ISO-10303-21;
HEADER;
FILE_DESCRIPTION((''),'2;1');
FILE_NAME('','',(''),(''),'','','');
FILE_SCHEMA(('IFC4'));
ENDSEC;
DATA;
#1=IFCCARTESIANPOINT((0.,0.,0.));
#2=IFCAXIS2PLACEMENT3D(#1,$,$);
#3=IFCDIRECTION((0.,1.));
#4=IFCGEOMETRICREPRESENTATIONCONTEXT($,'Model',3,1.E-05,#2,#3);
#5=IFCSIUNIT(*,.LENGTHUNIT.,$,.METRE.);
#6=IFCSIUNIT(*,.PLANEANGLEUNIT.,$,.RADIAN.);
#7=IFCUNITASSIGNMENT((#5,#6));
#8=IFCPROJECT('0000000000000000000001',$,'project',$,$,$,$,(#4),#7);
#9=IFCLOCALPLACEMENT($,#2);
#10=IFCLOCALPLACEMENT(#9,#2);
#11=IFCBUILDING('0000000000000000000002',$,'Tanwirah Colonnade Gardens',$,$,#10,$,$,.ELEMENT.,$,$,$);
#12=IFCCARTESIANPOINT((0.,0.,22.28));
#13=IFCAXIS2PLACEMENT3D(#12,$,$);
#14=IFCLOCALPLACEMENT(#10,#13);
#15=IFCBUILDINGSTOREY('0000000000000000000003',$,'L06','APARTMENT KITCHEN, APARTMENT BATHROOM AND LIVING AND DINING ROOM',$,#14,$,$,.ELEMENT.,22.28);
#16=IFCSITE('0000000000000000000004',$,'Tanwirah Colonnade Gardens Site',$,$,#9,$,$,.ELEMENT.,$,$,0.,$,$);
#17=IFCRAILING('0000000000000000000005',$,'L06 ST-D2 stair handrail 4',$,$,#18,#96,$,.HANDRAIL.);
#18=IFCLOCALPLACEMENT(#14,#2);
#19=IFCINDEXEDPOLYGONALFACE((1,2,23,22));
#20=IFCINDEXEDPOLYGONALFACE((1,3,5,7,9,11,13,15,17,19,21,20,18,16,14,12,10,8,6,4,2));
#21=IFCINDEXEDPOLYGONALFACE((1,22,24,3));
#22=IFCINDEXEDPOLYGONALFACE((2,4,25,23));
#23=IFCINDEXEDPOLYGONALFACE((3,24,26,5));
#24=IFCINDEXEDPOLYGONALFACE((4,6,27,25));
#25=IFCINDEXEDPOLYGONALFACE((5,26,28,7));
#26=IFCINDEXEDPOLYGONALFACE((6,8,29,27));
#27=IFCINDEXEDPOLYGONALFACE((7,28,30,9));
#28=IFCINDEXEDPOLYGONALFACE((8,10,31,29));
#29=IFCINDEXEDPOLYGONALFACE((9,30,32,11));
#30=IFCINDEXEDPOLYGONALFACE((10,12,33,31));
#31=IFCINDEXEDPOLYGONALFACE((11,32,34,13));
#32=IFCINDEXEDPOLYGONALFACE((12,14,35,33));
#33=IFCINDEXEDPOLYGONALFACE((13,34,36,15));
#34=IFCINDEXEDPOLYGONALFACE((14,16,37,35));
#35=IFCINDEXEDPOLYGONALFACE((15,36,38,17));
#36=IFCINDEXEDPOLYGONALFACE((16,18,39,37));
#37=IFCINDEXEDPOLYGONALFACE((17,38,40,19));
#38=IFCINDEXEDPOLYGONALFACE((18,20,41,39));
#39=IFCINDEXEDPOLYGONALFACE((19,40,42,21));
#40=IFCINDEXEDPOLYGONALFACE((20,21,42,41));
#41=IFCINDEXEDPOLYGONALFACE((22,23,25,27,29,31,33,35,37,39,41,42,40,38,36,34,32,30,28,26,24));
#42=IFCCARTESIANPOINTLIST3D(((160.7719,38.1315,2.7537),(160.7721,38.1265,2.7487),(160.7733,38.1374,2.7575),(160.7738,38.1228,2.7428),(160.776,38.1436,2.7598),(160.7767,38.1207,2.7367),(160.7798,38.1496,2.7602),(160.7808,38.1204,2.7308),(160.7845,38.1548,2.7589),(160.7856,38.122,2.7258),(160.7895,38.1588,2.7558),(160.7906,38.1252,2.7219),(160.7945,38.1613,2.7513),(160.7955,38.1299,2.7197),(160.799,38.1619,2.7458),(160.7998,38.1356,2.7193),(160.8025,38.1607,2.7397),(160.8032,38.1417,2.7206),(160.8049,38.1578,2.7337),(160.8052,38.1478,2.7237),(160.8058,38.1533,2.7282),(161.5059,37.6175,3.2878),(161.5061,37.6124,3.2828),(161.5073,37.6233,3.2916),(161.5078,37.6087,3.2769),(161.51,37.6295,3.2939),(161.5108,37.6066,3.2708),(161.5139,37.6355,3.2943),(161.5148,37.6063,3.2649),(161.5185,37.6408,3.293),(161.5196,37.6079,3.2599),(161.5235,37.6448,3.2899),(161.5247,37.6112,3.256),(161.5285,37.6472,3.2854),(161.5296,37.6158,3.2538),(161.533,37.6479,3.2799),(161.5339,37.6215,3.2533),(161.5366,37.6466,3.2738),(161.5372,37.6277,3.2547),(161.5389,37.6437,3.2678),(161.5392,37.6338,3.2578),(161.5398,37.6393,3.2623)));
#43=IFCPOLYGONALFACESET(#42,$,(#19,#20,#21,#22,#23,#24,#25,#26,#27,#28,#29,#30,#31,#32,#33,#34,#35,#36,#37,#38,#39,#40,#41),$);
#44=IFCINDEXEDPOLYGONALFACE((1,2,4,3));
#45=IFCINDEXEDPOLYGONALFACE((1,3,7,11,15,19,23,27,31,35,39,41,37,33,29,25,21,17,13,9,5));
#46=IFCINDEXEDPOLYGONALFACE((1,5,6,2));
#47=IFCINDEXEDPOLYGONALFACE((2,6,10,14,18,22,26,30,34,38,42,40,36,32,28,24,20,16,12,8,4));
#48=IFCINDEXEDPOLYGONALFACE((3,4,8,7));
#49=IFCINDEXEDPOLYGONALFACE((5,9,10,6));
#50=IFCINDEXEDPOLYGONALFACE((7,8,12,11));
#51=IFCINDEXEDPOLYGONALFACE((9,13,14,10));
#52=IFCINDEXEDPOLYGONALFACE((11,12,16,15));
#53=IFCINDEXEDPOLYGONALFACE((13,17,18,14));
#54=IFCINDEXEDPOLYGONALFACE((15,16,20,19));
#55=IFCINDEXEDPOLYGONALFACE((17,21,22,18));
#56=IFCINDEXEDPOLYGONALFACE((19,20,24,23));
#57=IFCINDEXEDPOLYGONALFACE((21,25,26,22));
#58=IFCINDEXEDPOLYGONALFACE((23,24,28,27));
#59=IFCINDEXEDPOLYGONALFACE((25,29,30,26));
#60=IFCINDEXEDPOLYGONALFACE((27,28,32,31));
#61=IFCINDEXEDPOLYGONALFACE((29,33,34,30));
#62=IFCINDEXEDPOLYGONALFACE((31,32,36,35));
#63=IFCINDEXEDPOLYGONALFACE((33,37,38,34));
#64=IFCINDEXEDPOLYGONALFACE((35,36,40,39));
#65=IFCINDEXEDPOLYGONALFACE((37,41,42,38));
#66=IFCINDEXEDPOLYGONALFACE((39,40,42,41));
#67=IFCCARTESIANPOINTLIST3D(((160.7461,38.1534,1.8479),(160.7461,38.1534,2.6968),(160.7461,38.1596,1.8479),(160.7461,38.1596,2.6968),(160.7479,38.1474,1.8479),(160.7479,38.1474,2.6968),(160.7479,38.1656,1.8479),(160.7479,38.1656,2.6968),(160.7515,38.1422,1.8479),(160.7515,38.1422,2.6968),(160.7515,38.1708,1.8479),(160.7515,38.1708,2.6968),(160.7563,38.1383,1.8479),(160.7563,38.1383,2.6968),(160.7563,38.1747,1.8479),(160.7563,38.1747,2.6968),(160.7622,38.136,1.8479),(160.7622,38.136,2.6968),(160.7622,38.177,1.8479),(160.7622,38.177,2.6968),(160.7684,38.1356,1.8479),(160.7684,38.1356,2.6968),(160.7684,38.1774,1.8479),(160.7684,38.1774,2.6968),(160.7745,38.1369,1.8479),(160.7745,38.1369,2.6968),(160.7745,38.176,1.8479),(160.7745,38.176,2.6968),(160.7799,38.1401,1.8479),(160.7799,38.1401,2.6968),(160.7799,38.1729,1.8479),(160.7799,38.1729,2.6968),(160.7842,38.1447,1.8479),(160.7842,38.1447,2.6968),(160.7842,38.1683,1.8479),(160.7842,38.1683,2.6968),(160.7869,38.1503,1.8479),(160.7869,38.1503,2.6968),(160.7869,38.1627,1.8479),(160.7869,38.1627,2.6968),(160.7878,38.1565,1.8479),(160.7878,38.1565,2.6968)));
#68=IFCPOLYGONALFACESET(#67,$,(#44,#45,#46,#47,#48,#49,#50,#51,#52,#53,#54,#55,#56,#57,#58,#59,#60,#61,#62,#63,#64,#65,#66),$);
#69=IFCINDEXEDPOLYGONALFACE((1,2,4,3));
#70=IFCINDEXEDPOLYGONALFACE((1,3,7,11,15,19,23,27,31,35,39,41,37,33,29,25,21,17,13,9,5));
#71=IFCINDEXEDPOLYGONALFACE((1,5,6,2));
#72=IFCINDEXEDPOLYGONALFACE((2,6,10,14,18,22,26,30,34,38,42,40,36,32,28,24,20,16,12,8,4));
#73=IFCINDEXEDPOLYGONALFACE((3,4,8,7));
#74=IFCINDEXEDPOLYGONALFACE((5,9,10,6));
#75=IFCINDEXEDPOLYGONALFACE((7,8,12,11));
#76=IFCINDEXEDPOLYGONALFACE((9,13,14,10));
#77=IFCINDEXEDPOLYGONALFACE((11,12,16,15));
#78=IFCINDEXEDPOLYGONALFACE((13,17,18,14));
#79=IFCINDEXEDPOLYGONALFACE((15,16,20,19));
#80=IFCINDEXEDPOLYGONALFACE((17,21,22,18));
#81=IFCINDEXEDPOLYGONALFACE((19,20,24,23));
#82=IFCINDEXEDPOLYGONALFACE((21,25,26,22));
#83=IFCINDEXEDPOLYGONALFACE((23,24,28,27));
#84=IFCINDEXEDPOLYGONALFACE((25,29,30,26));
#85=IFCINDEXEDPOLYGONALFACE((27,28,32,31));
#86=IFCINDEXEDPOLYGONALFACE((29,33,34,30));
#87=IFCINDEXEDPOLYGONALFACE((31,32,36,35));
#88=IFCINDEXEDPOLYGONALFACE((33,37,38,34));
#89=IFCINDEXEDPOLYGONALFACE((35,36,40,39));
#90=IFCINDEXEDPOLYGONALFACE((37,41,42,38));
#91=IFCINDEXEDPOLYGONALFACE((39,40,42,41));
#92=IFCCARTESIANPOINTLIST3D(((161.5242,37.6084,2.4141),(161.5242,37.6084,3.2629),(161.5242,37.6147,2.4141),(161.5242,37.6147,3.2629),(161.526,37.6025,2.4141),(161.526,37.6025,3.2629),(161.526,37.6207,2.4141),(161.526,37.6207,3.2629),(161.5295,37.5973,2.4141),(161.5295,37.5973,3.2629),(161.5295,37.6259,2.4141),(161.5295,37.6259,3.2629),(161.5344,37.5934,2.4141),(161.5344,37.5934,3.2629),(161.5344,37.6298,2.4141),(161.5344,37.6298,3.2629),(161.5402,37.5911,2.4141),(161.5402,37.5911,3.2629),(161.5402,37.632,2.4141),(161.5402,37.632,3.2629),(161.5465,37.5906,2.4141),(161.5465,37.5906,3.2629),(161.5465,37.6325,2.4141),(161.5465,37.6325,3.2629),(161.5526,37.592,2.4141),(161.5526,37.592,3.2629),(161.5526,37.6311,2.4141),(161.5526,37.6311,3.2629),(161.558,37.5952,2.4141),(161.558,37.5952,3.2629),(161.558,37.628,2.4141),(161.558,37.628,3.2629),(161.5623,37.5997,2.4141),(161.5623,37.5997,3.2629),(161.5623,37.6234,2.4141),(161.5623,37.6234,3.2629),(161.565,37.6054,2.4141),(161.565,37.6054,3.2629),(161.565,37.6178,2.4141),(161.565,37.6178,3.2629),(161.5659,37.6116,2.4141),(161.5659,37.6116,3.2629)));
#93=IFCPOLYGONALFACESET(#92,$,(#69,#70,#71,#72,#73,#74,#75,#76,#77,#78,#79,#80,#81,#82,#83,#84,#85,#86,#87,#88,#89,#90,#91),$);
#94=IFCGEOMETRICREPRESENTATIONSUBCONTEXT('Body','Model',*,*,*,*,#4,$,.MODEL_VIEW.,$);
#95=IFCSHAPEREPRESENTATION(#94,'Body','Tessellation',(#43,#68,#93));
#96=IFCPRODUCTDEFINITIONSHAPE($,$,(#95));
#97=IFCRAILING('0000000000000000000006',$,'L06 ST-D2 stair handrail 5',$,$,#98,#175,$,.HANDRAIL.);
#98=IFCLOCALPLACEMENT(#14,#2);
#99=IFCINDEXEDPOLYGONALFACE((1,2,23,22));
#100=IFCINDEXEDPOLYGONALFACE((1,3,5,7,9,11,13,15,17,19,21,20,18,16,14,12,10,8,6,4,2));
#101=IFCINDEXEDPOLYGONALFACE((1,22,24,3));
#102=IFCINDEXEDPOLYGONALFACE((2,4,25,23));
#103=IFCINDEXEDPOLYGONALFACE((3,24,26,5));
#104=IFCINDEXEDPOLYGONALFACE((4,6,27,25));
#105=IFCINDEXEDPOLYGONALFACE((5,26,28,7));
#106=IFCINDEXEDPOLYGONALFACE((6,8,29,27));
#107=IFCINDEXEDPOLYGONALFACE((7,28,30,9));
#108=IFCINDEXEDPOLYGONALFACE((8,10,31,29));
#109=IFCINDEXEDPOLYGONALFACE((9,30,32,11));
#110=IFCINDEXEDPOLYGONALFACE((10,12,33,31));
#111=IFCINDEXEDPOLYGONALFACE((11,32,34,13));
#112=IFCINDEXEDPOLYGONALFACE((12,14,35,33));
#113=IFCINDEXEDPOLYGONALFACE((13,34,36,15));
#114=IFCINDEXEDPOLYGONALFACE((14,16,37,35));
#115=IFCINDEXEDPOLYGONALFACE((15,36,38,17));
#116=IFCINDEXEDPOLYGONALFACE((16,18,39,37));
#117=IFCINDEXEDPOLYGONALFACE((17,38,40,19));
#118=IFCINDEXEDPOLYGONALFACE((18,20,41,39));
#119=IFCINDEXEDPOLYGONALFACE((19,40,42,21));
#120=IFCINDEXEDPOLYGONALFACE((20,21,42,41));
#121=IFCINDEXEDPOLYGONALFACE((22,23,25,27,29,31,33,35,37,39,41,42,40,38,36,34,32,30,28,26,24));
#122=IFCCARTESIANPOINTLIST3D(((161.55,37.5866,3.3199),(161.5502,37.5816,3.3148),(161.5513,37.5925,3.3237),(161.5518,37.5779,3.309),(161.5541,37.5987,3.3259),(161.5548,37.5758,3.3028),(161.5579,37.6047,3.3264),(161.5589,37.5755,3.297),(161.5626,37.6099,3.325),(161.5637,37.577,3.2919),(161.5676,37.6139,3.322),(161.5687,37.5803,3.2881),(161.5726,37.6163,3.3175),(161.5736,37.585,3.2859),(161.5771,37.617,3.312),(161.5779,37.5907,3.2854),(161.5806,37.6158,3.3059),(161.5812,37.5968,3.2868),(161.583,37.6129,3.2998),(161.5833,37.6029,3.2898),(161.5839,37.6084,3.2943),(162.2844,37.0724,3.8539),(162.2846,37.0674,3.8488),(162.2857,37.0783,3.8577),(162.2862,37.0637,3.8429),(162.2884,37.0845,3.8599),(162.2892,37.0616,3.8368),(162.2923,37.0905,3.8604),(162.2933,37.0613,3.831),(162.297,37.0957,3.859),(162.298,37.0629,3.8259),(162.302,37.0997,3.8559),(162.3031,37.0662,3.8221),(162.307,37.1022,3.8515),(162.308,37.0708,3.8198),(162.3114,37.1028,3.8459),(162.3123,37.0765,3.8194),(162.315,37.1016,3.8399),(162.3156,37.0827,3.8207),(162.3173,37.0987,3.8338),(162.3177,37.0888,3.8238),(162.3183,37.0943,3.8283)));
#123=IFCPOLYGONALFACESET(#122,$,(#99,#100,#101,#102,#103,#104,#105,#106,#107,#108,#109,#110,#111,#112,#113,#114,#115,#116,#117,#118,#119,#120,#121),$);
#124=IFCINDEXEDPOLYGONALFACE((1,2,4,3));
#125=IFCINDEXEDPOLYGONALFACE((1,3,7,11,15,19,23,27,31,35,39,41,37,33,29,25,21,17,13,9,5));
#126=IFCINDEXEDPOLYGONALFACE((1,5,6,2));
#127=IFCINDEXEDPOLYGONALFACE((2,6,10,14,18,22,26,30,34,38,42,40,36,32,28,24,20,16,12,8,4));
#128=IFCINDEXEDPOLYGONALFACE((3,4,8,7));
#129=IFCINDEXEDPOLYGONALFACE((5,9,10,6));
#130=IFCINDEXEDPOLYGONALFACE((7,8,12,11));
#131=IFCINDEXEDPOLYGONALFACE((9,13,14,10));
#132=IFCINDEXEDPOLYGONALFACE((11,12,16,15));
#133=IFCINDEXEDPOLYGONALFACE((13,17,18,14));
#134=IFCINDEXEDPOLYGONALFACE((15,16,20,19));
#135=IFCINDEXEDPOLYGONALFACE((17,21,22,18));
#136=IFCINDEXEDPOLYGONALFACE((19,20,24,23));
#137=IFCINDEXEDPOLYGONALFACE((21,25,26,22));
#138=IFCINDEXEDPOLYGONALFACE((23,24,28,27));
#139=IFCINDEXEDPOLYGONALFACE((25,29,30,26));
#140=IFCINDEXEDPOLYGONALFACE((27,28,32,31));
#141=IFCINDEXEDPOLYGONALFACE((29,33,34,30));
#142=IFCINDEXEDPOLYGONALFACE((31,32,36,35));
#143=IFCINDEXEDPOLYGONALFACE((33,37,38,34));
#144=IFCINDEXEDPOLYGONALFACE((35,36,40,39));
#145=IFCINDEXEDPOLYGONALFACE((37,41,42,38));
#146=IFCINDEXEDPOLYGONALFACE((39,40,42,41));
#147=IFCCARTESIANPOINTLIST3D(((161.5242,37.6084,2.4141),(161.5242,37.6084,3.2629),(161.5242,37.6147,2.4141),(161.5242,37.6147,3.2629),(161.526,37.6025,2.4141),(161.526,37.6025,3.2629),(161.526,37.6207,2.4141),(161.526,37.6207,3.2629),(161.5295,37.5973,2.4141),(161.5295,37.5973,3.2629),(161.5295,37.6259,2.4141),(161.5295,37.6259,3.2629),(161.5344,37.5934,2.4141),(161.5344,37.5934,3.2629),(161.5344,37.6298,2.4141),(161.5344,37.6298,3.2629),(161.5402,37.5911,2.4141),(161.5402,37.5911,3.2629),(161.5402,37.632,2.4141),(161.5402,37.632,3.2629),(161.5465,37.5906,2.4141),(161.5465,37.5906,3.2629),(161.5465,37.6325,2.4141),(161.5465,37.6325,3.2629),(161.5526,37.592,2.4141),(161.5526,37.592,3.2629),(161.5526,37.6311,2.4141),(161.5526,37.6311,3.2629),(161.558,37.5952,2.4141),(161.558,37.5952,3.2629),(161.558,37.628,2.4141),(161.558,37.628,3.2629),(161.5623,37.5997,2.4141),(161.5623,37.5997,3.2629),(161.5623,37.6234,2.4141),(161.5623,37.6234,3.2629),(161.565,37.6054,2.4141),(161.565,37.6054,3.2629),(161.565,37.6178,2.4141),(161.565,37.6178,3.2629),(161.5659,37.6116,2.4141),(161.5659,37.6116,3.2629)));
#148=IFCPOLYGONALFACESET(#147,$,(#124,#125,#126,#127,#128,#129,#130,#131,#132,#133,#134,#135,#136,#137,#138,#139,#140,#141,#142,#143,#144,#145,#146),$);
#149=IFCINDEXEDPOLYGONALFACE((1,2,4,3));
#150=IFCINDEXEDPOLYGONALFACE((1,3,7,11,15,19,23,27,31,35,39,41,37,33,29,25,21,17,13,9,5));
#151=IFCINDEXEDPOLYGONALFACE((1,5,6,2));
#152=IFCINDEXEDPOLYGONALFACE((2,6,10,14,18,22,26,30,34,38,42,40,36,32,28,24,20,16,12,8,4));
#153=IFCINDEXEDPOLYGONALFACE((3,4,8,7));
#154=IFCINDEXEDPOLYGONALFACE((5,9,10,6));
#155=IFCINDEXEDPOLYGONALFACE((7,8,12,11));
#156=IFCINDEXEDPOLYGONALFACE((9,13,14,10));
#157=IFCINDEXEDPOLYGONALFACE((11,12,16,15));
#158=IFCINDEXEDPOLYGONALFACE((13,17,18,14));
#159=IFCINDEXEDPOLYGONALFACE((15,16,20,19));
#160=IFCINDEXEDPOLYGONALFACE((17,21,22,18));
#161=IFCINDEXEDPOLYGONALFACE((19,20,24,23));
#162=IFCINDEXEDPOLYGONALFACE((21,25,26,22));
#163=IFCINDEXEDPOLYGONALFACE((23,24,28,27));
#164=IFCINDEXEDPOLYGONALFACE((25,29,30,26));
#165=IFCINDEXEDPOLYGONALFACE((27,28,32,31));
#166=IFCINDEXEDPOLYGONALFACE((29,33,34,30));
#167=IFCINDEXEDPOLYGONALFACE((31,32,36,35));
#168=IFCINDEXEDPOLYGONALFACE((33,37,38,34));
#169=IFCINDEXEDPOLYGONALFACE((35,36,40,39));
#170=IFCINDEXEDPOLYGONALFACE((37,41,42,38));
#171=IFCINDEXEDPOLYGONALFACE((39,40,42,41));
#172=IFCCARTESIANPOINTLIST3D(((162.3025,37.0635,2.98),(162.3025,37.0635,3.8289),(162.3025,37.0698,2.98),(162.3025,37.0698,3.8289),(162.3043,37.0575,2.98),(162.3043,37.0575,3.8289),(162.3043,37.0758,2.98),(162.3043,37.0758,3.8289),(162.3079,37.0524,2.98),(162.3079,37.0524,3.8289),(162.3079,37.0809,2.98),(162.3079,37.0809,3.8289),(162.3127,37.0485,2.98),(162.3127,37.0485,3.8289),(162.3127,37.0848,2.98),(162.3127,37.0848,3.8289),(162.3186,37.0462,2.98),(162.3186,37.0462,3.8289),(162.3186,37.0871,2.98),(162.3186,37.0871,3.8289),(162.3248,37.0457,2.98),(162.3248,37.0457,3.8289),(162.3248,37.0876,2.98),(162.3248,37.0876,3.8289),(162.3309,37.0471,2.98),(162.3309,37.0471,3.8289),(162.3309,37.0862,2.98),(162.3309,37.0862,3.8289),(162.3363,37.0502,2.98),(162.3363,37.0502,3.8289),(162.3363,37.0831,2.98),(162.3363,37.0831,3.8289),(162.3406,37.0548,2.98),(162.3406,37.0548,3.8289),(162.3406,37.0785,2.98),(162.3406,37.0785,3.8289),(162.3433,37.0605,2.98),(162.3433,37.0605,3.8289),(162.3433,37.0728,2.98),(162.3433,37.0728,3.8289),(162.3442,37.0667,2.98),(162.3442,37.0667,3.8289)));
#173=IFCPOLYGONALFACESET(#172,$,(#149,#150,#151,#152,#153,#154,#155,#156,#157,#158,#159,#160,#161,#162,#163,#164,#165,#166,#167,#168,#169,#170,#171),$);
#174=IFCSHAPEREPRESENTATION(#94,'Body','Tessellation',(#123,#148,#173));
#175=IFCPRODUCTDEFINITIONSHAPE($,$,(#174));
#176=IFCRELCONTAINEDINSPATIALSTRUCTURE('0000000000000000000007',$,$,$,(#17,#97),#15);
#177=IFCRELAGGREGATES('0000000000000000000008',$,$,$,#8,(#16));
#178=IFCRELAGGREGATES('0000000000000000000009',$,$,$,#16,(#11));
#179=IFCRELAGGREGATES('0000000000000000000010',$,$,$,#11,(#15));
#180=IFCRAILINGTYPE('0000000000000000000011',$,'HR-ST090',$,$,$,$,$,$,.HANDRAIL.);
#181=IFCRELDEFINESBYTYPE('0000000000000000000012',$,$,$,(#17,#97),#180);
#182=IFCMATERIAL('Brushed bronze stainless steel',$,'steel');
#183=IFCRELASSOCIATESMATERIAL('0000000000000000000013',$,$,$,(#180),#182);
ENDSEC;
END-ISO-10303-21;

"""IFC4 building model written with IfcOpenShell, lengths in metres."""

from ifc_helpers import new_model, si_unit, direction, frame, origin, origin_2d, place, context, subcontext, project, spatial, circle, extrude, material, type_object, element, save


model = new_model("IFC4")

# Units and contexts
model_context = context("Model", 3, precision=1e-05, world=origin(), true_north=direction((0.0, 1.0)))
body_context = subcontext(model_context, "Body", "Model", "MODEL_VIEW")
ifc_project = project(units=[si_unit("LENGTHUNIT", "METRE"), si_unit("PLANEANGLEUNIT", "RADIAN")], contexts=[model_context])

# Site, building, storey
site_placement = place(None, origin())
site = spatial("IfcSite", under=ifc_project, at=site_placement, Name="Tanwirah Colonnade Gardens Site", CompositionType="ELEMENT", RefElevation=0.0)
building_placement = place(site_placement, origin())
building = spatial("IfcBuilding", under=site, at=building_placement, Name="Tanwirah Colonnade Gardens", CompositionType="ELEMENT")
storey_placement = place(building_placement, frame((0.0, 0.0, 22.28)))
storey = spatial("IfcBuildingStorey", under=building, at=storey_placement, Name="L06", Description="APARTMENT KITCHEN, APARTMENT BATHROOM AND LIVING AND DINING ROOM", CompositionType="ELEMENT", Elevation=22.28)

# Railings
ifc_material_1 = material(Name="Brushed bronze stainless steel", Category="steel")
railing_type_1 = type_object("IfcRailingType", Name="HR-ST090", PredefinedType="HANDRAIL", material=ifc_material_1)
railing_1_placement = place(storey_placement, frame((160.7668, 38.1565, 1.8479)))
element("IfcRailing", 1, at=railing_1_placement, inside=storey, type_object=railing_type_1, Name="L06 ST-D2 stair handrail 4", PredefinedType="HANDRAIL", context=body_context, shape_type="SweptSolid", body=[
    extrude(circle(Radius=0.0239, at=origin_2d()), frame((0.022, -0.0154, 0.8918), z_axis=(0.703607, -0.492767, 0.511975), x_axis=(0.573652, 0.819099, 0.0)), (0.0, 0.0, 1.0), 1.0432),
    extrude(circle(Radius=0.021, at=origin_2d()), origin(), (0.0, 0.0, 1.0), 0.8489),
    extrude(circle(Radius=0.021, at=origin_2d()), frame((0.7781, -0.5449, 0.5662)), (0.0, 0.0, 1.0), 0.8489),
])
railing_2_placement = place(storey_placement, frame((161.5449, 37.6116, 2.4141)))
element("IfcRailing", 2, at=railing_2_placement, inside=storey, type_object=railing_type_1, Name="L06 ST-D2 stair handrail 5", PredefinedType="HANDRAIL", context=body_context, shape_type="SweptSolid", body=[
    extrude(circle(Radius=0.0239, at=origin_2d()), frame((0.022, -0.0154, 0.8918), z_axis=(0.703797, -0.492747, 0.511732), x_axis=(0.573531, 0.819184, 0.0)), (0.0, 0.0, 1.0), 1.0435),
    extrude(circle(Radius=0.021, at=origin_2d()), origin(), (0.0, 0.0, 1.0), 0.8489),
    extrude(circle(Radius=0.021, at=origin_2d()), frame((0.7783, -0.5449, 0.5659)), (0.0, 0.0, 1.0), 0.8489),
])

save(model, "model.ifc")
